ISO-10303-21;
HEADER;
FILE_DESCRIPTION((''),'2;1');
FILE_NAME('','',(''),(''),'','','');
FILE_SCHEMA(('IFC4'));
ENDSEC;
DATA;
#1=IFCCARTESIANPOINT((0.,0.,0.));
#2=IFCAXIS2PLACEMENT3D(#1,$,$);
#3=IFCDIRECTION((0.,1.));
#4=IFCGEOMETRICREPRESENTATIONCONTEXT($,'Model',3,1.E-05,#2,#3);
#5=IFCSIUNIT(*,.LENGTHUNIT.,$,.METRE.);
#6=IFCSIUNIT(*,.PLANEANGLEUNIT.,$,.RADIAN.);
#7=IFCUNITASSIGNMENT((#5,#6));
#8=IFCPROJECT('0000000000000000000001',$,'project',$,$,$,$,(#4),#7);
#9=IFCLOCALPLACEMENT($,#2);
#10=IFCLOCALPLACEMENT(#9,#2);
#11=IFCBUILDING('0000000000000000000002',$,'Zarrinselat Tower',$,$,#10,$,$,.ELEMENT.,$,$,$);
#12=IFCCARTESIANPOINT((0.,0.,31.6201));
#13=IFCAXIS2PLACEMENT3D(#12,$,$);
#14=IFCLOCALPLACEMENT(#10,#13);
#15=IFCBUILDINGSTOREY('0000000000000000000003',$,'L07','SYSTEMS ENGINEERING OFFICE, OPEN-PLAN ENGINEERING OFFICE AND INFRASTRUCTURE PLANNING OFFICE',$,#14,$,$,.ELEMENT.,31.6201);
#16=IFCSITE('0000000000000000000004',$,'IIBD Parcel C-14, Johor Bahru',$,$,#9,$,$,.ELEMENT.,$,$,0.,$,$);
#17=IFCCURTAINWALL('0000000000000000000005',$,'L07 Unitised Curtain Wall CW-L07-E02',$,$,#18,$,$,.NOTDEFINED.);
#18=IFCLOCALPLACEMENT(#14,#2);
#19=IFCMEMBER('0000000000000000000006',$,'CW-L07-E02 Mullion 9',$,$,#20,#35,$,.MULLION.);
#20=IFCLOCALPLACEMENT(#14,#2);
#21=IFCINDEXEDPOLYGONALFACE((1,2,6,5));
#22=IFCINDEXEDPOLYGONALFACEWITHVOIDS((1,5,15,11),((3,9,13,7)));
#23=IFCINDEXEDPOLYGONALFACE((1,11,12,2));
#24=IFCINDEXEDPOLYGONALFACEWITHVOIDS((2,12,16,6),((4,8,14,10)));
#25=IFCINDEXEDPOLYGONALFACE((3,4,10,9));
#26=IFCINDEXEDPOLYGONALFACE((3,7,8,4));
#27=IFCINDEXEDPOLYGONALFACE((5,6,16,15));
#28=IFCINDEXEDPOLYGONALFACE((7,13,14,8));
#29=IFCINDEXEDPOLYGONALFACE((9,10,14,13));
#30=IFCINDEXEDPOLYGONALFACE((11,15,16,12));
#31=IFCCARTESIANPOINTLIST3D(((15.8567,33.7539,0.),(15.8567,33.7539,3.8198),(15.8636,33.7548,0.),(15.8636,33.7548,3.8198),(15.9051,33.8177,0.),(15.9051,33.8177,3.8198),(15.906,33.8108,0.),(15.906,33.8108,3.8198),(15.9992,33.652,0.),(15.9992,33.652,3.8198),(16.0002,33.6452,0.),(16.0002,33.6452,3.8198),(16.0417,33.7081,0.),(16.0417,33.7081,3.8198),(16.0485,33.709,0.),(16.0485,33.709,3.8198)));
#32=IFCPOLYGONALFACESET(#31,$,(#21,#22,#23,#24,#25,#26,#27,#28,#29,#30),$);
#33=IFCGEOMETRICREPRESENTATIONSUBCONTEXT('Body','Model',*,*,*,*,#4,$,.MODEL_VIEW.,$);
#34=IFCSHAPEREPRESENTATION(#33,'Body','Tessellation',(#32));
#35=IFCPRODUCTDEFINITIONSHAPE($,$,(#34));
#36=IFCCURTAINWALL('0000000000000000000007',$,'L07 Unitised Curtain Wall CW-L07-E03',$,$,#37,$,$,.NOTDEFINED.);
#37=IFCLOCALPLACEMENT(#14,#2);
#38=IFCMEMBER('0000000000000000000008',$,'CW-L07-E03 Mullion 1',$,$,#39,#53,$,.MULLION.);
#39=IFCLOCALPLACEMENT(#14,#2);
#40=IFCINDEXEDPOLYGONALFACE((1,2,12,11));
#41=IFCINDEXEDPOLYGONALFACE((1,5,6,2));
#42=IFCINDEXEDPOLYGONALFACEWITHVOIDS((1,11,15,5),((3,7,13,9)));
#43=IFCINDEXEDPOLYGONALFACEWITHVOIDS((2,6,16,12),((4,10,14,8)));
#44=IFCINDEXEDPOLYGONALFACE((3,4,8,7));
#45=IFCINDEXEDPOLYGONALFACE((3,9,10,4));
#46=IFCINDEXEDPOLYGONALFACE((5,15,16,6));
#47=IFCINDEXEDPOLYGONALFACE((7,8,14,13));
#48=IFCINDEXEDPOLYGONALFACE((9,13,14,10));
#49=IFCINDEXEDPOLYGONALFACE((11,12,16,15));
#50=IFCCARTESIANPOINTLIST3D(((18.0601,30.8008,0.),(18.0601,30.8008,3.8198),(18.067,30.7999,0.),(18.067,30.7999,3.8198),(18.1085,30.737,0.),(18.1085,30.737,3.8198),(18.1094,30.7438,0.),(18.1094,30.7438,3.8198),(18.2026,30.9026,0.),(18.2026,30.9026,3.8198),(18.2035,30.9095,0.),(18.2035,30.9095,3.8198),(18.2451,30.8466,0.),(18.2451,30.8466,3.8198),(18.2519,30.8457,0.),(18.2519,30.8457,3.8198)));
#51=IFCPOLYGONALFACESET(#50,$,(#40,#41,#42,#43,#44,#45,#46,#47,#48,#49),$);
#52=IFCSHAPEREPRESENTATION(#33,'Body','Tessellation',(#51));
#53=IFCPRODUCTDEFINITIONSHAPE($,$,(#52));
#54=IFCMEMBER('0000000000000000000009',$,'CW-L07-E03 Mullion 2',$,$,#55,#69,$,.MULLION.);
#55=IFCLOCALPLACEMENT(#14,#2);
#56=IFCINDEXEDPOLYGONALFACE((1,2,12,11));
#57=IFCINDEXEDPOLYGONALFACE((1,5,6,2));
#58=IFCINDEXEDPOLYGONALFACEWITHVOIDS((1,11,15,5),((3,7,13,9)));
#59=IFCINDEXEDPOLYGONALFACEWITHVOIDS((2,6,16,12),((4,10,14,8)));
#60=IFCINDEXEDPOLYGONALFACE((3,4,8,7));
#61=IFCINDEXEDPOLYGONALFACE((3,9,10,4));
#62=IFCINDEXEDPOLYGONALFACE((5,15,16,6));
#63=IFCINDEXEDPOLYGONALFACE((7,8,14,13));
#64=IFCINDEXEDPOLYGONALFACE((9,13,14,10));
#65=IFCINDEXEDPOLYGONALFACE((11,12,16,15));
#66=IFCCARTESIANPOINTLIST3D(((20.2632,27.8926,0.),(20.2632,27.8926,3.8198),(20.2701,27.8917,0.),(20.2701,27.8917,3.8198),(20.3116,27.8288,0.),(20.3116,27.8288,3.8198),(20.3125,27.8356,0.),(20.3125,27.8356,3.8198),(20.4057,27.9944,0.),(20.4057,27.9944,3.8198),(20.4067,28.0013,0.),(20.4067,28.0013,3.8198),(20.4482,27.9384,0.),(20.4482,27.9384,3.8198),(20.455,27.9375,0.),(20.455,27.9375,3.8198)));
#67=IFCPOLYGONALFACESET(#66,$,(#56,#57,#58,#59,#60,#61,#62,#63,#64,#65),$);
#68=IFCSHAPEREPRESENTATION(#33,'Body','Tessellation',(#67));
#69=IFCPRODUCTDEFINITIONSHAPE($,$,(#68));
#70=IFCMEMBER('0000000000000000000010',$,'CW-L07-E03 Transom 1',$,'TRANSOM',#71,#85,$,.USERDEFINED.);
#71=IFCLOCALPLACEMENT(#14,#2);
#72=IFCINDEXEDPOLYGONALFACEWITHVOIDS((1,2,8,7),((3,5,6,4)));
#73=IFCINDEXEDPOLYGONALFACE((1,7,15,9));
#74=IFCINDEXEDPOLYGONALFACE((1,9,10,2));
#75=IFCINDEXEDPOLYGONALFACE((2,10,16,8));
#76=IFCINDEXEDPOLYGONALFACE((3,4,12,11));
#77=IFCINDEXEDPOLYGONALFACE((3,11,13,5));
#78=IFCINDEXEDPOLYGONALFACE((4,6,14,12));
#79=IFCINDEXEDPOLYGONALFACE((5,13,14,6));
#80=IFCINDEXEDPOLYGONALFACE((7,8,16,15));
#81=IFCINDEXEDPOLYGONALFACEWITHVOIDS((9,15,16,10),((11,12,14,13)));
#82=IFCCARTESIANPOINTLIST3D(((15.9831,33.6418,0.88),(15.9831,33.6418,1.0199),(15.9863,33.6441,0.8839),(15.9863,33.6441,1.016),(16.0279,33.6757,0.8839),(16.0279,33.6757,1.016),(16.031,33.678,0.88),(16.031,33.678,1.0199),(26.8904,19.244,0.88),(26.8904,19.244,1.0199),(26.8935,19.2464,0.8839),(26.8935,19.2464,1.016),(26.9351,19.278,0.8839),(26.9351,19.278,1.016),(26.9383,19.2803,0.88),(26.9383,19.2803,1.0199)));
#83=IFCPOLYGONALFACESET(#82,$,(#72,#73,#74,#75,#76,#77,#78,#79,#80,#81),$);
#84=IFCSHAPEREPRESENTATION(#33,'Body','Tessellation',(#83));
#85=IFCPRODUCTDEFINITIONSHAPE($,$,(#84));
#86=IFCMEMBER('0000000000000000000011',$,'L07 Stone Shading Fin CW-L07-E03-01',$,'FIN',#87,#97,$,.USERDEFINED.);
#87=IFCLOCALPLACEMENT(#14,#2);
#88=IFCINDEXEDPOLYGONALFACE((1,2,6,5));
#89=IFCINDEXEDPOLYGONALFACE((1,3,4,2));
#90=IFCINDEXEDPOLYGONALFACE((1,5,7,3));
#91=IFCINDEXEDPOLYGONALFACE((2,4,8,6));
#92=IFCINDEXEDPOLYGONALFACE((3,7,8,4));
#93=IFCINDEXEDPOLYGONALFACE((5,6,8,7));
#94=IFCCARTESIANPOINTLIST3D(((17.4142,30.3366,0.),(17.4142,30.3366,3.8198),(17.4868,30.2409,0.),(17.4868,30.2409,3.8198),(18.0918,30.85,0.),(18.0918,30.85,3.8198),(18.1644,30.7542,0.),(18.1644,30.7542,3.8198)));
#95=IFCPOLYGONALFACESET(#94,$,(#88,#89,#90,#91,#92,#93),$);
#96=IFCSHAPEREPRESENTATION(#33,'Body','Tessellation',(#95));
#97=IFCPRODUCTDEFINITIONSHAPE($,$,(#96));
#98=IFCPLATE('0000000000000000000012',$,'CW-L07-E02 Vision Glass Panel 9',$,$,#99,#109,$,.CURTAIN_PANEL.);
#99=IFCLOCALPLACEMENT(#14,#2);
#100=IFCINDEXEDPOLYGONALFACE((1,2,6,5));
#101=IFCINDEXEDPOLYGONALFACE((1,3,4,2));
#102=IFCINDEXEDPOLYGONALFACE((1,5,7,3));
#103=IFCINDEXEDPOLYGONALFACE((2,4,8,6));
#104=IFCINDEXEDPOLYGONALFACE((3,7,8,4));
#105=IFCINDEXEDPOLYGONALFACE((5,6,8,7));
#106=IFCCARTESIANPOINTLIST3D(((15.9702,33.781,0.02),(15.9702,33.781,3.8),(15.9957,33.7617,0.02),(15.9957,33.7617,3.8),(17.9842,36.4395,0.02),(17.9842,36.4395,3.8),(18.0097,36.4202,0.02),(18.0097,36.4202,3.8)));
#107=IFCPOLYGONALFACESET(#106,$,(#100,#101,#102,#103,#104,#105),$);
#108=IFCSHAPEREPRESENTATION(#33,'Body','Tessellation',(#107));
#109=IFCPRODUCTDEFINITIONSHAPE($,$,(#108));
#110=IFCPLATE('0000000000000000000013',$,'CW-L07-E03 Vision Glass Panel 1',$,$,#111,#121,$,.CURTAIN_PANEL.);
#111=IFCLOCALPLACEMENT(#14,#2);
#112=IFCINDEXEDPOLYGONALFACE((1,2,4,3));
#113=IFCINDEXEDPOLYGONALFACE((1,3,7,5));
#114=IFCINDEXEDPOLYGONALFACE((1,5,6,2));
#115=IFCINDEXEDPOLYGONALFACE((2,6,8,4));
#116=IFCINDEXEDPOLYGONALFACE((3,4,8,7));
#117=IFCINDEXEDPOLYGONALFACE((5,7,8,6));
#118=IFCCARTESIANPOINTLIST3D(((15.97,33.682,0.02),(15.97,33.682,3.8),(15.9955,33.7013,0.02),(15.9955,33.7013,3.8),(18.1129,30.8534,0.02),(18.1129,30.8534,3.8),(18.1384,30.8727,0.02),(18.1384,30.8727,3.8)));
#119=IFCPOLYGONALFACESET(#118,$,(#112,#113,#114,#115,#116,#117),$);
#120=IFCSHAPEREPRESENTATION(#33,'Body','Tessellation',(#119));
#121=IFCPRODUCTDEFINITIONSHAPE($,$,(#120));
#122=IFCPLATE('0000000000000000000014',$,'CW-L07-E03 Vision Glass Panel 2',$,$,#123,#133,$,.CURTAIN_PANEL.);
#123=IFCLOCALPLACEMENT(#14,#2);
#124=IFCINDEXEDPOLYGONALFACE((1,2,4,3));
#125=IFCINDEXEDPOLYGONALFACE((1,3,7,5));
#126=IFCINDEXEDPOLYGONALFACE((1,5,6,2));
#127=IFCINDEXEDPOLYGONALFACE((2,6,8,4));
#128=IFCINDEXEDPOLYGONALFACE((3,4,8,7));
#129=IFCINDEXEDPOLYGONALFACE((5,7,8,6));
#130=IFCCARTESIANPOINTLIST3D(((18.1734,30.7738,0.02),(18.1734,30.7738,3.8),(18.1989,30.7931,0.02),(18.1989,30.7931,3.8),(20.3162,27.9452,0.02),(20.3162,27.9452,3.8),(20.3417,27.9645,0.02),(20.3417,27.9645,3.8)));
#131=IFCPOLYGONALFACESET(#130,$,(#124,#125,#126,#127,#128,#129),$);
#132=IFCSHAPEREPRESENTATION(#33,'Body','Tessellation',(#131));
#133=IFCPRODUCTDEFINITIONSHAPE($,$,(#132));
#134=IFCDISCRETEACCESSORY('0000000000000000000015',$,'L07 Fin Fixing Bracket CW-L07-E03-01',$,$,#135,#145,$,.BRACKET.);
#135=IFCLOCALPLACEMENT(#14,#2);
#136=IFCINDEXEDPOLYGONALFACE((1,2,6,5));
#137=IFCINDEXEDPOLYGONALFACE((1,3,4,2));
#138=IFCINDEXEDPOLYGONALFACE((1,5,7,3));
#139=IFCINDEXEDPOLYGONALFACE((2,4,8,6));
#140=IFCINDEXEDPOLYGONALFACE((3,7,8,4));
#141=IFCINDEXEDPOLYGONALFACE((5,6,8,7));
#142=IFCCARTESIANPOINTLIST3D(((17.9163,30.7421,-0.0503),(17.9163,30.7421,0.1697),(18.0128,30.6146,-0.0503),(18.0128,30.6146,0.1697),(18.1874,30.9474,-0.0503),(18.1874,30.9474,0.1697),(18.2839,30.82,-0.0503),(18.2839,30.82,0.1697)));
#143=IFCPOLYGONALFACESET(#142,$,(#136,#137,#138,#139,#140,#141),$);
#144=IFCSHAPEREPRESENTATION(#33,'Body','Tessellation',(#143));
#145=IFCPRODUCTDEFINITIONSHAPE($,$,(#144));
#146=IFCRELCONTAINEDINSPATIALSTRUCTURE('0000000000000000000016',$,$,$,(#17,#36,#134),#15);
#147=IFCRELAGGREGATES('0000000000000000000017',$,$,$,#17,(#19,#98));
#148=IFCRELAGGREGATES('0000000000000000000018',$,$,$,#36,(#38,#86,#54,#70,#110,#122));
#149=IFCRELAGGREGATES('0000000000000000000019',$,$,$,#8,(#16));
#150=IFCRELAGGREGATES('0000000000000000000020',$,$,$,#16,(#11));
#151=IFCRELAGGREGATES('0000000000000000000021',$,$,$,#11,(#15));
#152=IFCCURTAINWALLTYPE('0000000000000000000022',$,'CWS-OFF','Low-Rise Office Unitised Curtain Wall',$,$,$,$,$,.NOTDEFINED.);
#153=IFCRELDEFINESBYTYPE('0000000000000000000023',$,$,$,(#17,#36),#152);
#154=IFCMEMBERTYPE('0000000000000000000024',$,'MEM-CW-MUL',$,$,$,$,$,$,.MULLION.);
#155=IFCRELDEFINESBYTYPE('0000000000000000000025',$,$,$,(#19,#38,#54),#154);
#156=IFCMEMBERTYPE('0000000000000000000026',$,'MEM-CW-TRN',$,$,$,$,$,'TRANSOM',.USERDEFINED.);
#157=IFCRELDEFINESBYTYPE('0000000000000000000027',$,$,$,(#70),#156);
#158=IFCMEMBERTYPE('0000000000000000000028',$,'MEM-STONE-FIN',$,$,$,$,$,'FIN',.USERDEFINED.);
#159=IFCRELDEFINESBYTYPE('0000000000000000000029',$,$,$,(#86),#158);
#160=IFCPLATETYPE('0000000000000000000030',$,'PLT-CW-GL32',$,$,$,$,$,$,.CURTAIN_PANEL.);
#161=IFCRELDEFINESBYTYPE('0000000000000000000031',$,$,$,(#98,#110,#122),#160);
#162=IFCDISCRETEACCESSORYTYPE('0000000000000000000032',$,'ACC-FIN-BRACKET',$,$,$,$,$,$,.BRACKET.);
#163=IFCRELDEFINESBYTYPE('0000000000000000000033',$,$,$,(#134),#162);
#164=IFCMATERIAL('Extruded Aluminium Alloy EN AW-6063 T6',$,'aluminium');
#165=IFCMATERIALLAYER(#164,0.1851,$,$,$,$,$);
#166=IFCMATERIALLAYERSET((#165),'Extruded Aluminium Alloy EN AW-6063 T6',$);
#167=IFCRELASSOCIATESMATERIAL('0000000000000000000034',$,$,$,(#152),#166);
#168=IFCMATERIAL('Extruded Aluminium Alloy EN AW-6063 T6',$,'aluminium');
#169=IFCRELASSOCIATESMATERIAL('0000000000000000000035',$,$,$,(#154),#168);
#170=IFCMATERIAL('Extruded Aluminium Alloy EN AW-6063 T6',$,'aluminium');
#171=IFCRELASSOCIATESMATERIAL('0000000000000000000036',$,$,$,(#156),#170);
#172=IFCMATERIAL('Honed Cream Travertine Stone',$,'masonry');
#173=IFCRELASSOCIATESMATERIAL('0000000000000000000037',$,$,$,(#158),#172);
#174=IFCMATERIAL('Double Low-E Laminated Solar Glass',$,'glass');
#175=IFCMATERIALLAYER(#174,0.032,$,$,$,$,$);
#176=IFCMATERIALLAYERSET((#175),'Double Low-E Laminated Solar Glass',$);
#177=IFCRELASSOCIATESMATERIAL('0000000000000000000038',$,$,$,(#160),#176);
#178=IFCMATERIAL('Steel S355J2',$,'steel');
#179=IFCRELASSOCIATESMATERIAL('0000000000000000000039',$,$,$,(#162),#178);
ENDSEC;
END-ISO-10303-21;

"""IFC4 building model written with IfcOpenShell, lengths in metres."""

from ifc_helpers import new_model, si_unit, direction, frame, origin, origin_2d, place, context, subcontext, project, spatial, rectangle, hollow_rectangle, extrude, material, layer, layer_set, material_profile, profile_set, type_object, element, aggregate, save


model = new_model("IFC4")

# Units and contexts
model_context = context("Model", 3, precision=1e-05, world=origin(), true_north=direction((0.0, 1.0)))
body_context = subcontext(model_context, "Body", "Model", "MODEL_VIEW")
ifc_project = project(units=[si_unit("LENGTHUNIT", "METRE"), si_unit("PLANEANGLEUNIT", "RADIAN")], contexts=[model_context])

# Site, building, storey
site_placement = place(None, origin())
site = spatial("IfcSite", under=ifc_project, at=site_placement, Name="IIBD Parcel C-14, Johor Bahru", CompositionType="ELEMENT", RefElevation=0.0)
building_placement = place(site_placement, origin())
building = spatial("IfcBuilding", under=site, at=building_placement, Name="Zarrinselat Tower", CompositionType="ELEMENT")
storey_placement = place(building_placement, frame((0.0, 0.0, 31.6201)))
storey = spatial("IfcBuildingStorey", under=building, at=storey_placement, Name="L07", Description="SYSTEMS ENGINEERING OFFICE, OPEN-PLAN ENGINEERING OFFICE AND INFRASTRUCTURE PLANNING OFFICE", CompositionType="ELEMENT", Elevation=31.6201)

# Curtain wall, member
ifc_material_1 = material(Name="Extruded Aluminium Alloy EN AW-6063 T6", Category="aluminium")
ifc_layer_1 = layer(ifc_material_1, 0.1851)
ifc_layer_set_1 = layer_set([ifc_layer_1], Name="Extruded Aluminium Alloy EN AW-6063 T6")
curtain_wall_type = type_object("IfcCurtainWallType", Name="CWS-OFF", Description="Low-Rise Office Unitised Curtain Wall", PredefinedType="NOTDEFINED", material=ifc_layer_set_1)
curtain_wall_1_placement = place(storey_placement, origin())
curtain_wall_1 = element("IfcCurtainWall", 1, at=curtain_wall_1_placement, inside=storey, type_object=curtain_wall_type, Name="L07 Unitised Curtain Wall CW-L07-E02", PredefinedType="NOTDEFINED")
ifc_material_2 = material(Name="Extruded Aluminium Alloy EN AW-6063 T6", Category="aluminium")
ifc_material_profile_1 = material_profile(ifc_material_2, hollow_rectangle(XDim=0.0801, YDim=0.1799, WallThickness=0.0049, at=origin_2d()), Name="RHS 180x80x5")
ifc_profile_set_1 = profile_set([ifc_material_profile_1], Name="Extruded Aluminium Alloy EN AW-6063 T6")
member_type_1 = type_object("IfcMemberType", Name="MEM-CW-MUL", PredefinedType="MULLION", material=ifc_profile_set_1)
member_1_placement = place(storey_placement, frame((15.9526, 33.7314, 0.0), z_axis=(0.0, 0.0, 1.0), x_axis=(-0.603859, -0.797091, 0.0)))
member_1 = element("IfcMember", 2, at=member_1_placement, type_object=member_type_1, Name="CW-L07-E02 Mullion 9", PredefinedType="MULLION", context=body_context, shape_type="SweptSolid", body=[
    extrude(hollow_rectangle(XDim=0.0801, YDim=0.1799, WallThickness=0.0049, at=origin_2d()), origin(), (0.0, 0.0, 1.0), 3.8198),
])

# Curtain wall, members
curtain_wall_2_placement = place(storey_placement, origin())
curtain_wall_2 = element("IfcCurtainWall", 3, at=curtain_wall_2_placement, inside=storey, type_object=curtain_wall_type, Name="L07 Unitised Curtain Wall CW-L07-E03", PredefinedType="NOTDEFINED")
member_2_placement = place(storey_placement, frame((18.156, 30.8232, 0.0), z_axis=(0.0, 0.0, 1.0), x_axis=(0.603858, -0.797092, 0.0)))
member_2 = element("IfcMember", 4, at=member_2_placement, type_object=member_type_1, Name="CW-L07-E03 Mullion 1", PredefinedType="MULLION", context=body_context, shape_type="SweptSolid", body=[
    extrude(hollow_rectangle(XDim=0.0801, YDim=0.1799, WallThickness=0.0049, at=origin_2d()), origin(), (0.0, 0.0, 1.0), 3.8198),
])
member_3_placement = place(storey_placement, frame((20.3591, 27.915, 0.0), z_axis=(0.0, 0.0, 1.0), x_axis=(0.603858, -0.797092, 0.0)))
member_3 = element("IfcMember", 5, at=member_3_placement, type_object=member_type_1, Name="CW-L07-E03 Mullion 2", PredefinedType="MULLION", context=body_context, shape_type="SweptSolid", body=[
    extrude(hollow_rectangle(XDim=0.0801, YDim=0.1799, WallThickness=0.0049, at=origin_2d()), origin(), (0.0, 0.0, 1.0), 3.8198),
])
ifc_material_3 = material(Name="Extruded Aluminium Alloy EN AW-6063 T6", Category="aluminium")
ifc_material_profile_2 = material_profile(ifc_material_3, hollow_rectangle(XDim=0.0601, YDim=0.1399, WallThickness=0.0039, at=origin_2d()), Name="RHS 140x60x4")
ifc_profile_set_2 = profile_set([ifc_material_profile_2], Name="Extruded Aluminium Alloy EN AW-6063 T6")
member_type_2 = type_object("IfcMemberType", Name="MEM-CW-TRN", ElementType="TRANSOM", PredefinedType="USERDEFINED", material=ifc_profile_set_2)
member_4_placement = place(storey_placement, frame((16.0071, 33.6599, 0.95), z_axis=(0.603853, -0.797095, 0.0), x_axis=(0.797095, 0.603853, 0.0)))
member_4 = element("IfcMember", 6, at=member_4_placement, type_object=member_type_2, Name="CW-L07-E03 Transom 1", ObjectType="TRANSOM", PredefinedType="USERDEFINED", context=body_context, shape_type="SweptSolid", body=[
    extrude(hollow_rectangle(XDim=0.0601, YDim=0.1399, WallThickness=0.0039, at=origin_2d()), origin(), (0.0, 0.0, 1.0), 18.0627),
])
ifc_material_4 = material(Name="Honed Cream Travertine Stone", Category="masonry")
ifc_material_profile_3 = material_profile(ifc_material_4, rectangle(XDim=0.1201, YDim=0.8501, at=origin_2d()), Name="FIN 850x120")
ifc_profile_set_3 = profile_set([ifc_material_profile_3], Name="Honed Cream Travertine Stone")
member_type_3 = type_object("IfcMemberType", Name="MEM-STONE-FIN", ElementType="FIN", PredefinedType="USERDEFINED", material=ifc_profile_set_3)
member_5_placement = place(storey_placement, frame((17.7893, 30.5454, 0.0), z_axis=(0.0, 0.0, 1.0), x_axis=(-0.603858, 0.797092, 0.0)))
member_5 = element("IfcMember", 7, at=member_5_placement, type_object=member_type_3, Name="L07 Stone Shading Fin CW-L07-E03-01", ObjectType="FIN", PredefinedType="USERDEFINED", context=body_context, shape_type="SweptSolid", body=[
    extrude(rectangle(XDim=0.1201, YDim=0.8501, at=origin_2d()), origin(), (0.0, 0.0, 1.0), 3.8198),
])

# Plates
ifc_material_5 = material(Name="Double Low-E Laminated Solar Glass", Category="glass")
ifc_layer_2 = layer(ifc_material_5, 0.032)
ifc_layer_set_2 = layer_set([ifc_layer_2], Name="Double Low-E Laminated Solar Glass")
plate_type = type_object("IfcPlateType", Name="PLT-CW-GL32", PredefinedType="CURTAIN_PANEL", material=ifc_layer_set_2)
plate_1_placement = place(storey_placement, frame((16.99, 35.1006, 0.02), z_axis=(0.0, 0.0, 1.0), x_axis=(-0.603859, -0.797091, 0.0)))
plate_1 = element("IfcPlate", 8, at=plate_1_placement, type_object=plate_type, Name="CW-L07-E02 Vision Glass Panel 9", PredefinedType="CURTAIN_PANEL", context=body_context, shape_type="SweptSolid", body=[
    extrude(rectangle(XDim=3.3352, YDim=0.032, at=origin_2d()), origin(), (0.0, 0.0, 1.0), 3.78),
])
aggregate(curtain_wall_1, [member_1, plate_1])
plate_2_placement = place(storey_placement, frame((17.0542, 32.2773, 0.02), z_axis=(0.0, 0.0, 1.0), x_axis=(0.603858, -0.797092, 0.0)))
plate_2 = element("IfcPlate", 9, at=plate_2_placement, type_object=plate_type, Name="CW-L07-E03 Vision Glass Panel 1", PredefinedType="CURTAIN_PANEL", context=body_context, shape_type="SweptSolid", body=[
    extrude(rectangle(XDim=3.5486, YDim=0.032, at=origin_2d()), origin(), (0.0, 0.0, 1.0), 3.78),
])
plate_3_placement = place(storey_placement, frame((19.2576, 29.3691, 0.02), z_axis=(0.0, 0.0, 1.0), x_axis=(0.603858, -0.797092, 0.0)))
plate_3 = element("IfcPlate", 10, at=plate_3_placement, type_object=plate_type, Name="CW-L07-E03 Vision Glass Panel 2", PredefinedType="CURTAIN_PANEL", context=body_context, shape_type="SweptSolid", body=[
    extrude(rectangle(XDim=3.5486, YDim=0.032, at=origin_2d()), origin(), (0.0, 0.0, 1.0), 3.78),
])
aggregate(curtain_wall_2, [member_2, member_5, member_3, member_4, plate_2, plate_3])

# Discrete accessory
ifc_material_6 = material(Name="Steel S355J2", Category="steel")
discrete_accessory_type = type_object("IfcDiscreteAccessoryType", Name="ACC-FIN-BRACKET", PredefinedType="BRACKET", material=ifc_material_6)
discrete_accessory_placement = place(storey_placement, frame((18.1001, 30.781, -0.0503), z_axis=(0.0, 0.0, 1.0), x_axis=(-0.797092, -0.603858, 0.0)))
element("IfcDiscreteAccessory", 11, at=discrete_accessory_placement, inside=storey, type_object=discrete_accessory_type, Name="L07 Fin Fixing Bracket CW-L07-E03-01", PredefinedType="BRACKET", context=body_context, shape_type="SweptSolid", body=[
    extrude(rectangle(XDim=0.3401, YDim=0.1599, at=origin_2d()), origin(), (0.0, 0.0, 1.0), 0.22),
])

save(model, "model.ifc")
